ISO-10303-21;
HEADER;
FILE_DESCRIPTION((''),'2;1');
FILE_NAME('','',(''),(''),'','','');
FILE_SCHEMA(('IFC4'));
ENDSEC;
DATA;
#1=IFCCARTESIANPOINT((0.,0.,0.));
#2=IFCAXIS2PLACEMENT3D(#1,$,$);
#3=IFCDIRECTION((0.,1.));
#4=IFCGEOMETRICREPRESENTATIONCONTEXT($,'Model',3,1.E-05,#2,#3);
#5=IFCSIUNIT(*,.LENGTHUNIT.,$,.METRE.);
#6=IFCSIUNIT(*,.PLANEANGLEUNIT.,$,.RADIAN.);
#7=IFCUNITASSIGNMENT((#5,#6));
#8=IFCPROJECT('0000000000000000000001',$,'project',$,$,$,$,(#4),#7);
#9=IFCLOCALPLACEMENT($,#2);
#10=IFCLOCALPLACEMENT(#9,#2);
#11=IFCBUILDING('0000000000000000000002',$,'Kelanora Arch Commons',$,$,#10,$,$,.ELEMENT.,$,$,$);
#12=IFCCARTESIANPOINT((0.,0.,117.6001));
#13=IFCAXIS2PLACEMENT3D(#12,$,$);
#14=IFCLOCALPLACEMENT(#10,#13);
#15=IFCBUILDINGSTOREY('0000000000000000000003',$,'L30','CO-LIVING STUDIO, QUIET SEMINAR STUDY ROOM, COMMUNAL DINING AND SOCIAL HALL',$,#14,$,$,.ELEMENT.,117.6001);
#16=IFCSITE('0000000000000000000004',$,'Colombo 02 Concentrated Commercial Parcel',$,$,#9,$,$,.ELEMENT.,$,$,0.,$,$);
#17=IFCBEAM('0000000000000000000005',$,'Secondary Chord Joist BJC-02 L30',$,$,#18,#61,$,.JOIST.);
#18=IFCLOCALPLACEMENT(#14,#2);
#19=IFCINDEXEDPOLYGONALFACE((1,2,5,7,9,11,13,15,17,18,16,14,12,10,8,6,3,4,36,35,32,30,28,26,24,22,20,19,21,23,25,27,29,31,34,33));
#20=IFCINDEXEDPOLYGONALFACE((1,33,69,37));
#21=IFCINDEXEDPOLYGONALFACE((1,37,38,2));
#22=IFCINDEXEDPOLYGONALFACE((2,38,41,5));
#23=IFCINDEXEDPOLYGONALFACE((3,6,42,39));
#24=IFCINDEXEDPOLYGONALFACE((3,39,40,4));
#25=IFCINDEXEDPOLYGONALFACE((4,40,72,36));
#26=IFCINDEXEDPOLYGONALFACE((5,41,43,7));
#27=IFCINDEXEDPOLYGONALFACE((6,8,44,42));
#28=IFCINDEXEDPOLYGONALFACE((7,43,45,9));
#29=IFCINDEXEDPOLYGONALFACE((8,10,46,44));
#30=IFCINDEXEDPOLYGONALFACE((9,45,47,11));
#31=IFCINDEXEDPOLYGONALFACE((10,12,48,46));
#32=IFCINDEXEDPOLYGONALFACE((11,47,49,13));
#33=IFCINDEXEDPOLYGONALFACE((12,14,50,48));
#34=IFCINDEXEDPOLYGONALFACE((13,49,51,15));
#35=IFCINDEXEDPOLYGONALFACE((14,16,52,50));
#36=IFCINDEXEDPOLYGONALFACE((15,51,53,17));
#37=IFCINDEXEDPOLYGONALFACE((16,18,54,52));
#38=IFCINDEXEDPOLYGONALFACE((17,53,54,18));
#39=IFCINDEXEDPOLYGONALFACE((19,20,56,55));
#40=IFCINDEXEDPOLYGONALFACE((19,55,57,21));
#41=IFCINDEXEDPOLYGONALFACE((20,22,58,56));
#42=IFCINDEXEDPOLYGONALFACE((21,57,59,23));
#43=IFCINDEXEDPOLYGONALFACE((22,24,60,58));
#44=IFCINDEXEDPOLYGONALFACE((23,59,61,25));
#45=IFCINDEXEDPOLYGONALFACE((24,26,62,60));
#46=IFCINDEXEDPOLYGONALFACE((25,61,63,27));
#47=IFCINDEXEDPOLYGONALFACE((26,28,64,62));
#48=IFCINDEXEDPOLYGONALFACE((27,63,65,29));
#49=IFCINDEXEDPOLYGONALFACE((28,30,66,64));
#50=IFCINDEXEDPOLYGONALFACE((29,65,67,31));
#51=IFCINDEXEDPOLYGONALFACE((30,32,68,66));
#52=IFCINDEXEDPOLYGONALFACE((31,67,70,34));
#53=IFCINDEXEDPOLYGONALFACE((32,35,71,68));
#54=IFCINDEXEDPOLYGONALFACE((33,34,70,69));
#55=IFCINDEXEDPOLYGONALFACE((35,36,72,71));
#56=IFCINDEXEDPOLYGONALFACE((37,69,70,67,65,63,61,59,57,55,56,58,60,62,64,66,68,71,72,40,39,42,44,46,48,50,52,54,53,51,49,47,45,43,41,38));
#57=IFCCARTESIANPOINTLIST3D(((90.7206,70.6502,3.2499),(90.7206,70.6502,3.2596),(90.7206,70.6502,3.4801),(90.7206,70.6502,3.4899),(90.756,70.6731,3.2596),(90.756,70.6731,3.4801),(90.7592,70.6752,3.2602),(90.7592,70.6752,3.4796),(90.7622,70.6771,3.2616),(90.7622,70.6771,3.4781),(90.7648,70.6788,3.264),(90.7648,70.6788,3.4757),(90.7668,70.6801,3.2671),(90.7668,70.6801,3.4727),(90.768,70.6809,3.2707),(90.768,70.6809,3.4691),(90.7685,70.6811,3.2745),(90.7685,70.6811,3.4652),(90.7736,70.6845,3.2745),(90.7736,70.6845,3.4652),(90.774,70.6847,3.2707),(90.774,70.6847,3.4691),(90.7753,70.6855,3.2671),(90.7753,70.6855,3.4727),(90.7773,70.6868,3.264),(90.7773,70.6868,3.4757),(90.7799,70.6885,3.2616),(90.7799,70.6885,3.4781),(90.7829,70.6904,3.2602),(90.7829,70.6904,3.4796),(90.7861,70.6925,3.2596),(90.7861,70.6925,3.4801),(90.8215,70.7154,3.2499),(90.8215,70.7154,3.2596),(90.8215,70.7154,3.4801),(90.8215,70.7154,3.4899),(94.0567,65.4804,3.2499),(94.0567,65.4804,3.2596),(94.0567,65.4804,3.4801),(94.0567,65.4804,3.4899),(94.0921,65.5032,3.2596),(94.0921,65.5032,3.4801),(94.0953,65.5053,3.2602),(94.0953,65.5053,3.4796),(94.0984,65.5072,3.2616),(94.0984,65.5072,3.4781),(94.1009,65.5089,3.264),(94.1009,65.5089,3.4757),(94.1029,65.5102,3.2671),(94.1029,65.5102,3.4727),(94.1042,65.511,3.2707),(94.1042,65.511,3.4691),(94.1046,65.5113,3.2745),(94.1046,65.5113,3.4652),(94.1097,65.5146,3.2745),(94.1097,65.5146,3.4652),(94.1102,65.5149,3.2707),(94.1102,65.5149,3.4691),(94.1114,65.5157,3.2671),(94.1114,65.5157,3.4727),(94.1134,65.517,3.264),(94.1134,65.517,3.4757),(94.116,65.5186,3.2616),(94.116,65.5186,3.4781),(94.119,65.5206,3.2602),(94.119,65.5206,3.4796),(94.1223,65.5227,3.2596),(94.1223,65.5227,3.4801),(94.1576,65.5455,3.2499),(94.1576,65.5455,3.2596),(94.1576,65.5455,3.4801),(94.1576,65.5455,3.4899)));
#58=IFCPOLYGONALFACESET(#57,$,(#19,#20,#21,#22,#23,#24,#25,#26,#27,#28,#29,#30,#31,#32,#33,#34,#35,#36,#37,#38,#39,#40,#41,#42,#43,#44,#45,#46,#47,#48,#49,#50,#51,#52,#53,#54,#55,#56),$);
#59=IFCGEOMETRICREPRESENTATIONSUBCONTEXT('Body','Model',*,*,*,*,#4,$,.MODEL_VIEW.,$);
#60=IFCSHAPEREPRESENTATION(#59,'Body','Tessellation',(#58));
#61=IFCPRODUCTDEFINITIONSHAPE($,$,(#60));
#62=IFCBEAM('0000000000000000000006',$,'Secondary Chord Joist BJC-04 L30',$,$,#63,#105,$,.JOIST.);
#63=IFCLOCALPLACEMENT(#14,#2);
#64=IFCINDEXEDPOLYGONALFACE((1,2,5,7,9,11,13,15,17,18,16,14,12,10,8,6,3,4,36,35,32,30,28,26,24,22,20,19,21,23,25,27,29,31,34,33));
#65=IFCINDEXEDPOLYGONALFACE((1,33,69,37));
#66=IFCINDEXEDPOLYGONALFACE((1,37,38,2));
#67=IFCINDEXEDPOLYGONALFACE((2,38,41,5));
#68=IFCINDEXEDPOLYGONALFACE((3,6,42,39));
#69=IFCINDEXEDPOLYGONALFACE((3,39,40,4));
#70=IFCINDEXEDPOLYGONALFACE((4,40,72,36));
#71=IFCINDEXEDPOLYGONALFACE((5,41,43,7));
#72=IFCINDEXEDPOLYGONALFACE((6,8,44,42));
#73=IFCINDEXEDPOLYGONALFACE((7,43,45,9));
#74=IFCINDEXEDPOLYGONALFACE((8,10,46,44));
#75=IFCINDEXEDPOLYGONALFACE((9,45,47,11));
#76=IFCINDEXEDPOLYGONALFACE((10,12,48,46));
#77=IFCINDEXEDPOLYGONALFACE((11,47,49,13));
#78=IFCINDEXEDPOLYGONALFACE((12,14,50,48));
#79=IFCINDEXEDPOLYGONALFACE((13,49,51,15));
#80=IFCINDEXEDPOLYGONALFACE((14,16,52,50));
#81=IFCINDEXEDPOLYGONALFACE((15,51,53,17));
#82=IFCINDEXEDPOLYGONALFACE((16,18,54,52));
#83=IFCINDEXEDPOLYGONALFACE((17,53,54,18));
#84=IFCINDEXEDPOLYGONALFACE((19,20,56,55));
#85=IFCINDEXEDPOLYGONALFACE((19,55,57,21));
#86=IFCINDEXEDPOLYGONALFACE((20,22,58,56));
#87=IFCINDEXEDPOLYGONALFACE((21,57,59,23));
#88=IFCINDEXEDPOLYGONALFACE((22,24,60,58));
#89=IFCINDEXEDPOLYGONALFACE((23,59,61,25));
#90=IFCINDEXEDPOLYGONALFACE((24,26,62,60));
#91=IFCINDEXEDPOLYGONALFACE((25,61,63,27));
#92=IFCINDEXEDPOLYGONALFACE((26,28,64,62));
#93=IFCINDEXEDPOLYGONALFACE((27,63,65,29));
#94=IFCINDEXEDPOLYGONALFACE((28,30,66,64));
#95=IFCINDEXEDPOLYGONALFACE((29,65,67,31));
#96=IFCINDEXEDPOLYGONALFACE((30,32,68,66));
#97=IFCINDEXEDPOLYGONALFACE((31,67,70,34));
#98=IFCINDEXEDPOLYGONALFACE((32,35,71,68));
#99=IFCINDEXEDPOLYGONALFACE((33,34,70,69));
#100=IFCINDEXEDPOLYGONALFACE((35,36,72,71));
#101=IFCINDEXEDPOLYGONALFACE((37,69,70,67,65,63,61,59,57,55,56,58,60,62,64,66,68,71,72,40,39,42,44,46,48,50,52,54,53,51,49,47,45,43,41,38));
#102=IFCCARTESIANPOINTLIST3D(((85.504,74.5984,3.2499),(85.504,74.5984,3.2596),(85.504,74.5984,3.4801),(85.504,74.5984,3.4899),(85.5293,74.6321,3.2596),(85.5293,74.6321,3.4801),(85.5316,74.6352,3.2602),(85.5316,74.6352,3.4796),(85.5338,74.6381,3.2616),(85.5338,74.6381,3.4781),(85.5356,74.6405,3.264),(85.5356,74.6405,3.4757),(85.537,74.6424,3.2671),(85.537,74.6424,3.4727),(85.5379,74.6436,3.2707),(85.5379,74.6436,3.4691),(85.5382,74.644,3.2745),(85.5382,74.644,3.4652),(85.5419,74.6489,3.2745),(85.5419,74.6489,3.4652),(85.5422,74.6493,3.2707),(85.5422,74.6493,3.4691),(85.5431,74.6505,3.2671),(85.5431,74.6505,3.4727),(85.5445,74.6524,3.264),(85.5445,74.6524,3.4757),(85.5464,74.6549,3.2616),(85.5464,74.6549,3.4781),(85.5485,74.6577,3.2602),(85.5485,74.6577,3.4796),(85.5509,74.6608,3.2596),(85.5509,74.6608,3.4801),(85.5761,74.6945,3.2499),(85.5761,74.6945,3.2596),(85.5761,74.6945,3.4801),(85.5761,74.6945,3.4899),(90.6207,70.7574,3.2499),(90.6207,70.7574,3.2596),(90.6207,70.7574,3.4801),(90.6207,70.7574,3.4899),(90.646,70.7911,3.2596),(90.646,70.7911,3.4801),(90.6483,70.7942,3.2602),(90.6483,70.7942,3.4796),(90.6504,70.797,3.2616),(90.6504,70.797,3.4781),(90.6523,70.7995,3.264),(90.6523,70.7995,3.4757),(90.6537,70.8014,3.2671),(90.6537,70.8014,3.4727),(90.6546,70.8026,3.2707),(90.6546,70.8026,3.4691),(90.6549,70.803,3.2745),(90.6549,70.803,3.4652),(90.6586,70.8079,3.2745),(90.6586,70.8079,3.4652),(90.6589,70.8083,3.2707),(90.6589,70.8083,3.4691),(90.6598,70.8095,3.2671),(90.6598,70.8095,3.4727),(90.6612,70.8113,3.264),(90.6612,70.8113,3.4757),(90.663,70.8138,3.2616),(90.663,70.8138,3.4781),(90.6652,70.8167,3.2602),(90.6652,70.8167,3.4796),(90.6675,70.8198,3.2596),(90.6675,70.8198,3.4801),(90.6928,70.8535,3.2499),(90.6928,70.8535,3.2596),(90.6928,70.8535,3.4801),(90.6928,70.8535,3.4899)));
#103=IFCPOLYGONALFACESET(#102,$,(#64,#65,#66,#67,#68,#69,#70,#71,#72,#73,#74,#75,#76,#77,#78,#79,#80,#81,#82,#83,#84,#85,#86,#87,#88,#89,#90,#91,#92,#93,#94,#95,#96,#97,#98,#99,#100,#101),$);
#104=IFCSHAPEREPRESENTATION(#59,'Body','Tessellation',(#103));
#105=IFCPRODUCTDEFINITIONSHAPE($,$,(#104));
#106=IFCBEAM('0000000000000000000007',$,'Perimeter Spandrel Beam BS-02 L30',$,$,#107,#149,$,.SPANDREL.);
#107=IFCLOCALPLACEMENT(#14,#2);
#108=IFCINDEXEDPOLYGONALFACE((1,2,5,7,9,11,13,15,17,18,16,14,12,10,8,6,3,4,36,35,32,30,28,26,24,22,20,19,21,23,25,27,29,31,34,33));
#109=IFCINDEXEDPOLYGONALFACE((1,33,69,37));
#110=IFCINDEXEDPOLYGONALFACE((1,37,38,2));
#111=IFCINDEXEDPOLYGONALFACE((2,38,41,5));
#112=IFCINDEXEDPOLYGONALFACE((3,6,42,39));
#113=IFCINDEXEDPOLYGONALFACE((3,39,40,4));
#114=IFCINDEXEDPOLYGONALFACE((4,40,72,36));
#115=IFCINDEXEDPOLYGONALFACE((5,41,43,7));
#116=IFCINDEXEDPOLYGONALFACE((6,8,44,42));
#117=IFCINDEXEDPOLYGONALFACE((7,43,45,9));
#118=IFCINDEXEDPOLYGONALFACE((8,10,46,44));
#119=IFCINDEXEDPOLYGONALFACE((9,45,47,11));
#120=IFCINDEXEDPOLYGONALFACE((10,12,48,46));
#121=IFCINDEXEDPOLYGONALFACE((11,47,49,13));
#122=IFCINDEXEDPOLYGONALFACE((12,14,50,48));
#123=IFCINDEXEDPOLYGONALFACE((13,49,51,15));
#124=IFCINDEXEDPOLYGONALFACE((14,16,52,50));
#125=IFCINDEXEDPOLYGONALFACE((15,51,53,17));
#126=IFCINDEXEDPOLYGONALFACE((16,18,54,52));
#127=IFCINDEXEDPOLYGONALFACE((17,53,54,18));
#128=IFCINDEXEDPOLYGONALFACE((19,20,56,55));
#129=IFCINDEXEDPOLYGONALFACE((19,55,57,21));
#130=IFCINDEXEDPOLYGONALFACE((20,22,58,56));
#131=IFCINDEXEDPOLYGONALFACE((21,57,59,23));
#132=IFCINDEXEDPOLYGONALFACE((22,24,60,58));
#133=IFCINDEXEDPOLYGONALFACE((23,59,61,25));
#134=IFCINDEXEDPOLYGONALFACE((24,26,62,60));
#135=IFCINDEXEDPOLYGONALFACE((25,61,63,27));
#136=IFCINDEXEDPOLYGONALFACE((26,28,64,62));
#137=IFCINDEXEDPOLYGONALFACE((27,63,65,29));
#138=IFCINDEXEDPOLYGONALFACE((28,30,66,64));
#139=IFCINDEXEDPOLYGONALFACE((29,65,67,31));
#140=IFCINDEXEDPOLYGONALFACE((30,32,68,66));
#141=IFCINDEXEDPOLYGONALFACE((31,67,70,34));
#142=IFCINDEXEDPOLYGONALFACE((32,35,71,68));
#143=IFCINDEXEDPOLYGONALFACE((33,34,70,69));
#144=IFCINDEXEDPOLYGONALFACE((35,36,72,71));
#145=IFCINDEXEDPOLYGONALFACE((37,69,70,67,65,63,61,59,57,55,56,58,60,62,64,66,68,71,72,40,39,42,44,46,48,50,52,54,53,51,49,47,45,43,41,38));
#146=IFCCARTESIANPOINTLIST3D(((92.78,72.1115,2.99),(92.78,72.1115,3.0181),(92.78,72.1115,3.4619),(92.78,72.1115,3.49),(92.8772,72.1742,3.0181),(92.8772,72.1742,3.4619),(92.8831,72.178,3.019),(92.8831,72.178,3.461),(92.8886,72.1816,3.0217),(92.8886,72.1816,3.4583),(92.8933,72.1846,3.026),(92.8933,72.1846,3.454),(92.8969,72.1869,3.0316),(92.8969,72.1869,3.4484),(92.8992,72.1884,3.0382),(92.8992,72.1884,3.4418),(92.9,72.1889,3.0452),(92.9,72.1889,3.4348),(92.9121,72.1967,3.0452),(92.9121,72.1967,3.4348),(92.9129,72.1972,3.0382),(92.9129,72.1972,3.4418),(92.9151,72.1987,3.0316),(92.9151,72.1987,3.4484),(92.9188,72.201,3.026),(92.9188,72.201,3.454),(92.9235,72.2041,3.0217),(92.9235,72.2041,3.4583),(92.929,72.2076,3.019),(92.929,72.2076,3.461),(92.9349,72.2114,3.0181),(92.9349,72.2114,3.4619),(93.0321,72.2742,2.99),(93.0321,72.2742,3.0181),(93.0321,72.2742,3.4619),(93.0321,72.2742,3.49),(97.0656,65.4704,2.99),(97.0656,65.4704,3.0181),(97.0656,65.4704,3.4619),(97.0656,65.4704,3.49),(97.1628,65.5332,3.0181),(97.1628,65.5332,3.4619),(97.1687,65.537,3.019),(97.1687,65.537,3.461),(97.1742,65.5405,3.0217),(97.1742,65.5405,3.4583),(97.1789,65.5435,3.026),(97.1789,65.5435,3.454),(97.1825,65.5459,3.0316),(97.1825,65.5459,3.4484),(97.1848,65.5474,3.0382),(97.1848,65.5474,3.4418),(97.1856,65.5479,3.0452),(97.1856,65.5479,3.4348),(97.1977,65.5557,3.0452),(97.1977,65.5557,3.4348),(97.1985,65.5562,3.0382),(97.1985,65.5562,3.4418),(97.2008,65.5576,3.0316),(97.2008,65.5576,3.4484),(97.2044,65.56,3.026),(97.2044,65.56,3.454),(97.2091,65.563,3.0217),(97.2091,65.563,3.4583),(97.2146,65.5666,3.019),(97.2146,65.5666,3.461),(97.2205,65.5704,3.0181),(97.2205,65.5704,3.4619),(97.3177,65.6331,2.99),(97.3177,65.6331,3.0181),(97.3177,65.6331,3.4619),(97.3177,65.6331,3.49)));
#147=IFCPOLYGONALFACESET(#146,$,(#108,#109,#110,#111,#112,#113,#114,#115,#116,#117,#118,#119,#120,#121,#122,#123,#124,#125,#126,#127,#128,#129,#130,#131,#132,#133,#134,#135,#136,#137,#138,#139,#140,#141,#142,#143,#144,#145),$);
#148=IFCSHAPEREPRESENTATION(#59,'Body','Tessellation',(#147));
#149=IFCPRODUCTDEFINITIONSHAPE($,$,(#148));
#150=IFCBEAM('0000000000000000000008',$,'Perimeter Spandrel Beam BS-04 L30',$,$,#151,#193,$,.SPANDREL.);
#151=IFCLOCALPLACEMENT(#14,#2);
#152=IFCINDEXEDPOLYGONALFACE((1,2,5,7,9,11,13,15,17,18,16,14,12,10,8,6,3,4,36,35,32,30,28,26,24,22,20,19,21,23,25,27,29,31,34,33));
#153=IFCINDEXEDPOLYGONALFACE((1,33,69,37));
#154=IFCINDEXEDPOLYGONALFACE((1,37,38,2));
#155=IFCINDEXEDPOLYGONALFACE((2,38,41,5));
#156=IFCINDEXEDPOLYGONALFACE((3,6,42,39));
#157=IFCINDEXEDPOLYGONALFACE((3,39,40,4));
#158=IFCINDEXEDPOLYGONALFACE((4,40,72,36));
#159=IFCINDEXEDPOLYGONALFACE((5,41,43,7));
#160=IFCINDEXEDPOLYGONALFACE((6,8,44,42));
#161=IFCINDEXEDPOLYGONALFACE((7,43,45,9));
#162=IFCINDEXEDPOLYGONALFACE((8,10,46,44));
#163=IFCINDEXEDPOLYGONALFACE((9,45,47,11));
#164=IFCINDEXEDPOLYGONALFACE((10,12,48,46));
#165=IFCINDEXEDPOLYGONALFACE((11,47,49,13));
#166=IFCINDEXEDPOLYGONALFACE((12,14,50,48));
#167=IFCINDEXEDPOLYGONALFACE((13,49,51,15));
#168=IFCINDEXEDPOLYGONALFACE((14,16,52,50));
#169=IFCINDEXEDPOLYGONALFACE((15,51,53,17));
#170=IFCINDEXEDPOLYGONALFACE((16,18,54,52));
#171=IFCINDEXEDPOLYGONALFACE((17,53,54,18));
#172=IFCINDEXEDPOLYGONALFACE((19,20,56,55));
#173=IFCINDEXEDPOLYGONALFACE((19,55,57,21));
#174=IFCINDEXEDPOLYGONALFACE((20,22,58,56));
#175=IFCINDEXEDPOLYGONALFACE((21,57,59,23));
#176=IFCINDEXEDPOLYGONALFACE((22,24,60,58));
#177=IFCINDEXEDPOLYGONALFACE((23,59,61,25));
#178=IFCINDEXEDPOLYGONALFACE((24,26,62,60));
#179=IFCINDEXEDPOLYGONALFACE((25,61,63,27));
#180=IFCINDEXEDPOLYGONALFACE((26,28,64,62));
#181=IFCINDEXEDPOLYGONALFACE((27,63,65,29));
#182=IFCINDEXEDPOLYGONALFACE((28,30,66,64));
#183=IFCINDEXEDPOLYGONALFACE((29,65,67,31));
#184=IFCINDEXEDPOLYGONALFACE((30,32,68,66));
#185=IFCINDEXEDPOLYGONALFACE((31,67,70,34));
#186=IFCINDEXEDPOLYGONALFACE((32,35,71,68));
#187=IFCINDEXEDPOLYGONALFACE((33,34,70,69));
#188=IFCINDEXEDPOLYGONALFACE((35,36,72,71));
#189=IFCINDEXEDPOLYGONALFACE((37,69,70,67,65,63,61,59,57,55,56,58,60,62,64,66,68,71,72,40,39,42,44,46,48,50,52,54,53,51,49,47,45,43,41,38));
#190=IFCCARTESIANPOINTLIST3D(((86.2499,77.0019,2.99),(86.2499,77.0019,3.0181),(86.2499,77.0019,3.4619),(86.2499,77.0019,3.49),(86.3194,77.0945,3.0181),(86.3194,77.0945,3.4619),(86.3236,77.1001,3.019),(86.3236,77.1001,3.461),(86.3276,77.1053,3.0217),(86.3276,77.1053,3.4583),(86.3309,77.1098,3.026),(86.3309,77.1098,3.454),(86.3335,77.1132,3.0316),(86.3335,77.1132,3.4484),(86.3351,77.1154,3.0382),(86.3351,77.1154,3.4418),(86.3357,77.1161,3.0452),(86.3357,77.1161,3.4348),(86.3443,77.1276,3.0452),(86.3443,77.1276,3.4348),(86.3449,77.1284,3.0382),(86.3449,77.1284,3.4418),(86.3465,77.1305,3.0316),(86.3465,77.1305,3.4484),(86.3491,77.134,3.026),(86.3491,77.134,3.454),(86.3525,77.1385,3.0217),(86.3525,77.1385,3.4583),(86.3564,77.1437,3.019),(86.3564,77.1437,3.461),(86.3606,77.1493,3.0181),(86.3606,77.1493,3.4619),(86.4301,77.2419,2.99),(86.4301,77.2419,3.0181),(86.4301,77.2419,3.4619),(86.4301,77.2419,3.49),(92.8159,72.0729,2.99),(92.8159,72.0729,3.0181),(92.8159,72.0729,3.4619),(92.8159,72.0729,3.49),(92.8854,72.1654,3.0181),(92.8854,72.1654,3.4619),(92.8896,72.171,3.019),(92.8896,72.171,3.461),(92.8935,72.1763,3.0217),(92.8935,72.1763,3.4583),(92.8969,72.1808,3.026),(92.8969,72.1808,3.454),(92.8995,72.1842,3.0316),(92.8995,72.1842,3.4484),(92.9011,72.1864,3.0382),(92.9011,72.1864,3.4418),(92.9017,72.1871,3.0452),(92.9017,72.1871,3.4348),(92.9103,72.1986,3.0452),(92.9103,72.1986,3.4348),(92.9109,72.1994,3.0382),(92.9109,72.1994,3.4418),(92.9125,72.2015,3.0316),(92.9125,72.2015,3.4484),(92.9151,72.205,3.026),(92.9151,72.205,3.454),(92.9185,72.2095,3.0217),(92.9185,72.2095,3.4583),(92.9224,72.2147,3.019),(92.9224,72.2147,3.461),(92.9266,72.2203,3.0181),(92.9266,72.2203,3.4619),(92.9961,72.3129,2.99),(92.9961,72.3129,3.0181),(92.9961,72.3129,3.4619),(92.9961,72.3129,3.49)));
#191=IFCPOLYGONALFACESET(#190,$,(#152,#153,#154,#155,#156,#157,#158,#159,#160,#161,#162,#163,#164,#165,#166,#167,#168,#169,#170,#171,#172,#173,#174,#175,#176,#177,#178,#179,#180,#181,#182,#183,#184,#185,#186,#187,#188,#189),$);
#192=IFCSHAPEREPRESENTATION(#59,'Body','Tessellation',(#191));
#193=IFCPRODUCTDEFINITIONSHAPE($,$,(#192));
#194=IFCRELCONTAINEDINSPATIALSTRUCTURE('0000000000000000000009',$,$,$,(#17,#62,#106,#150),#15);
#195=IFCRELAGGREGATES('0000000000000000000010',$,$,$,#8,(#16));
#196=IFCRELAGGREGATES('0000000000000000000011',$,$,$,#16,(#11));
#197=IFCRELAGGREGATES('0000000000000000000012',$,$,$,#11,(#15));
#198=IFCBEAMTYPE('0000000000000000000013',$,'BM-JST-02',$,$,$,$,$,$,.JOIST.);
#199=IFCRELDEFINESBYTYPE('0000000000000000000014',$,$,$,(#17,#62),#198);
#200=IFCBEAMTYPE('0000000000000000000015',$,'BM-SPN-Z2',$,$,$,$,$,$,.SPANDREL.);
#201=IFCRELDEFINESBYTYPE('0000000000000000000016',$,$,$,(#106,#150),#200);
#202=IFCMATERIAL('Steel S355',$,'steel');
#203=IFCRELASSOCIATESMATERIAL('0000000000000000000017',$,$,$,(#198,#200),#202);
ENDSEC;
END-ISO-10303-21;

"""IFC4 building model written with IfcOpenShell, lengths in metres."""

from ifc_helpers import new_model, si_unit, direction, frame, origin, origin_2d, place, context, subcontext, project, spatial, i_section, extrude, material, material_profile, profile_set, type_object, element, save


model = new_model("IFC4")

# Units and contexts
model_context = context("Model", 3, precision=1e-05, world=origin(), true_north=direction((0.0, 1.0)))
body_context = subcontext(model_context, "Body", "Model", "MODEL_VIEW")
ifc_project = project(units=[si_unit("LENGTHUNIT", "METRE"), si_unit("PLANEANGLEUNIT", "RADIAN")], contexts=[model_context])

# Site, building, storey
site_placement = place(None, origin())
site = spatial("IfcSite", under=ifc_project, at=site_placement, Name="Colombo 02 Concentrated Commercial Parcel", CompositionType="ELEMENT", RefElevation=0.0)
building_placement = place(site_placement, origin())
building = spatial("IfcBuilding", under=site, at=building_placement, Name="Kelanora Arch Commons", CompositionType="ELEMENT")
storey_placement = place(building_placement, frame((0.0, 0.0, 117.6001)))
storey = spatial("IfcBuildingStorey", under=building, at=storey_placement, Name="L30", Description="CO-LIVING STUDIO, QUIET SEMINAR STUDY ROOM, COMMUNAL DINING AND SOCIAL HALL", CompositionType="ELEMENT", Elevation=117.6001)

# Beams
ifc_material_1 = material(Name="Steel S355", Category="steel")
ifc_material_profile_1 = material_profile(ifc_material_1, i_section(OverallWidth=0.1201, OverallDepth=0.24, WebThickness=0.0061, FlangeThickness=0.0098, FilletRadius=0.0149, at=origin_2d()), Name="IPE240")
ifc_profile_set_1 = profile_set([ifc_material_profile_1], Name="Steel S355")
beam_type_1 = type_object("IfcBeamType", Name="BM-JST-02", PredefinedType="JOIST", material=ifc_profile_set_1)
beam_1_placement = place(storey_placement, frame((94.1072, 65.5129, 3.3699), z_axis=(-0.542213, 0.840241, 0.0), x_axis=(-0.840241, -0.542213, 0.0)))
element("IfcBeam", 1, at=beam_1_placement, inside=storey, type_object=beam_type_1, Name="Secondary Chord Joist BJC-02 L30", PredefinedType="JOIST", context=body_context, shape_type="SweptSolid", body=[
    extrude(i_section(OverallWidth=0.1201, OverallDepth=0.24, WebThickness=0.0061, FlangeThickness=0.0098, FilletRadius=0.0149, at=origin_2d()), origin(), (0.0, 0.0, 1.0), 6.1528),
])
beam_2_placement = place(storey_placement, frame((90.6567, 70.8054, 3.3699), z_axis=(-0.799734, 0.600354, 0.0), x_axis=(-0.600354, -0.799734, 0.0)))
element("IfcBeam", 2, at=beam_2_placement, inside=storey, type_object=beam_type_1, Name="Secondary Chord Joist BJC-04 L30", PredefinedType="JOIST", context=body_context, shape_type="SweptSolid", body=[
    extrude(i_section(OverallWidth=0.1201, OverallDepth=0.24, WebThickness=0.0061, FlangeThickness=0.0098, FilletRadius=0.0149, at=origin_2d()), origin(), (0.0, 0.0, 1.0), 6.3979),
])
ifc_material_profile_2 = material_profile(ifc_material_1, i_section(OverallWidth=0.3, OverallDepth=0.5, WebThickness=0.0144, FlangeThickness=0.0281, FilletRadius=0.0271, at=origin_2d()), Name="HEB500")
ifc_profile_set_2 = profile_set([ifc_material_profile_2], Name="Steel S355")
beam_type_2 = type_object("IfcBeamType", Name="BM-SPN-Z2", PredefinedType="SPANDREL", material=ifc_profile_set_2)
beam_3_placement = place(storey_placement, frame((97.1917, 65.5518, 3.24), z_axis=(-0.542221, 0.840236, 0.0), x_axis=(-0.840236, -0.542221, 0.0)))
element("IfcBeam", 3, at=beam_3_placement, inside=storey, type_object=beam_type_2, Name="Perimeter Spandrel Beam BS-02 L30", PredefinedType="SPANDREL", context=body_context, shape_type="SweptSolid", body=[
    extrude(i_section(OverallWidth=0.3, OverallDepth=0.5, WebThickness=0.0144, FlangeThickness=0.0281, FilletRadius=0.0271, at=origin_2d()), origin(), (0.0, 0.0, 1.0), 7.9038),
])
beam_4_placement = place(storey_placement, frame((92.906, 72.1929, 3.24), z_axis=(-0.799736, 0.600352, 0.0), x_axis=(-0.600352, -0.799736, 0.0)))
element("IfcBeam", 4, at=beam_4_placement, inside=storey, type_object=beam_type_2, Name="Perimeter Spandrel Beam BS-04 L30", PredefinedType="SPANDREL", context=body_context, shape_type="SweptSolid", body=[
    extrude(i_section(OverallWidth=0.3, OverallDepth=0.5, WebThickness=0.0144, FlangeThickness=0.0281, FilletRadius=0.0271, at=origin_2d()), origin(), (0.0, 0.0, 1.0), 8.2102),
])

save(model, "model.ifc")
